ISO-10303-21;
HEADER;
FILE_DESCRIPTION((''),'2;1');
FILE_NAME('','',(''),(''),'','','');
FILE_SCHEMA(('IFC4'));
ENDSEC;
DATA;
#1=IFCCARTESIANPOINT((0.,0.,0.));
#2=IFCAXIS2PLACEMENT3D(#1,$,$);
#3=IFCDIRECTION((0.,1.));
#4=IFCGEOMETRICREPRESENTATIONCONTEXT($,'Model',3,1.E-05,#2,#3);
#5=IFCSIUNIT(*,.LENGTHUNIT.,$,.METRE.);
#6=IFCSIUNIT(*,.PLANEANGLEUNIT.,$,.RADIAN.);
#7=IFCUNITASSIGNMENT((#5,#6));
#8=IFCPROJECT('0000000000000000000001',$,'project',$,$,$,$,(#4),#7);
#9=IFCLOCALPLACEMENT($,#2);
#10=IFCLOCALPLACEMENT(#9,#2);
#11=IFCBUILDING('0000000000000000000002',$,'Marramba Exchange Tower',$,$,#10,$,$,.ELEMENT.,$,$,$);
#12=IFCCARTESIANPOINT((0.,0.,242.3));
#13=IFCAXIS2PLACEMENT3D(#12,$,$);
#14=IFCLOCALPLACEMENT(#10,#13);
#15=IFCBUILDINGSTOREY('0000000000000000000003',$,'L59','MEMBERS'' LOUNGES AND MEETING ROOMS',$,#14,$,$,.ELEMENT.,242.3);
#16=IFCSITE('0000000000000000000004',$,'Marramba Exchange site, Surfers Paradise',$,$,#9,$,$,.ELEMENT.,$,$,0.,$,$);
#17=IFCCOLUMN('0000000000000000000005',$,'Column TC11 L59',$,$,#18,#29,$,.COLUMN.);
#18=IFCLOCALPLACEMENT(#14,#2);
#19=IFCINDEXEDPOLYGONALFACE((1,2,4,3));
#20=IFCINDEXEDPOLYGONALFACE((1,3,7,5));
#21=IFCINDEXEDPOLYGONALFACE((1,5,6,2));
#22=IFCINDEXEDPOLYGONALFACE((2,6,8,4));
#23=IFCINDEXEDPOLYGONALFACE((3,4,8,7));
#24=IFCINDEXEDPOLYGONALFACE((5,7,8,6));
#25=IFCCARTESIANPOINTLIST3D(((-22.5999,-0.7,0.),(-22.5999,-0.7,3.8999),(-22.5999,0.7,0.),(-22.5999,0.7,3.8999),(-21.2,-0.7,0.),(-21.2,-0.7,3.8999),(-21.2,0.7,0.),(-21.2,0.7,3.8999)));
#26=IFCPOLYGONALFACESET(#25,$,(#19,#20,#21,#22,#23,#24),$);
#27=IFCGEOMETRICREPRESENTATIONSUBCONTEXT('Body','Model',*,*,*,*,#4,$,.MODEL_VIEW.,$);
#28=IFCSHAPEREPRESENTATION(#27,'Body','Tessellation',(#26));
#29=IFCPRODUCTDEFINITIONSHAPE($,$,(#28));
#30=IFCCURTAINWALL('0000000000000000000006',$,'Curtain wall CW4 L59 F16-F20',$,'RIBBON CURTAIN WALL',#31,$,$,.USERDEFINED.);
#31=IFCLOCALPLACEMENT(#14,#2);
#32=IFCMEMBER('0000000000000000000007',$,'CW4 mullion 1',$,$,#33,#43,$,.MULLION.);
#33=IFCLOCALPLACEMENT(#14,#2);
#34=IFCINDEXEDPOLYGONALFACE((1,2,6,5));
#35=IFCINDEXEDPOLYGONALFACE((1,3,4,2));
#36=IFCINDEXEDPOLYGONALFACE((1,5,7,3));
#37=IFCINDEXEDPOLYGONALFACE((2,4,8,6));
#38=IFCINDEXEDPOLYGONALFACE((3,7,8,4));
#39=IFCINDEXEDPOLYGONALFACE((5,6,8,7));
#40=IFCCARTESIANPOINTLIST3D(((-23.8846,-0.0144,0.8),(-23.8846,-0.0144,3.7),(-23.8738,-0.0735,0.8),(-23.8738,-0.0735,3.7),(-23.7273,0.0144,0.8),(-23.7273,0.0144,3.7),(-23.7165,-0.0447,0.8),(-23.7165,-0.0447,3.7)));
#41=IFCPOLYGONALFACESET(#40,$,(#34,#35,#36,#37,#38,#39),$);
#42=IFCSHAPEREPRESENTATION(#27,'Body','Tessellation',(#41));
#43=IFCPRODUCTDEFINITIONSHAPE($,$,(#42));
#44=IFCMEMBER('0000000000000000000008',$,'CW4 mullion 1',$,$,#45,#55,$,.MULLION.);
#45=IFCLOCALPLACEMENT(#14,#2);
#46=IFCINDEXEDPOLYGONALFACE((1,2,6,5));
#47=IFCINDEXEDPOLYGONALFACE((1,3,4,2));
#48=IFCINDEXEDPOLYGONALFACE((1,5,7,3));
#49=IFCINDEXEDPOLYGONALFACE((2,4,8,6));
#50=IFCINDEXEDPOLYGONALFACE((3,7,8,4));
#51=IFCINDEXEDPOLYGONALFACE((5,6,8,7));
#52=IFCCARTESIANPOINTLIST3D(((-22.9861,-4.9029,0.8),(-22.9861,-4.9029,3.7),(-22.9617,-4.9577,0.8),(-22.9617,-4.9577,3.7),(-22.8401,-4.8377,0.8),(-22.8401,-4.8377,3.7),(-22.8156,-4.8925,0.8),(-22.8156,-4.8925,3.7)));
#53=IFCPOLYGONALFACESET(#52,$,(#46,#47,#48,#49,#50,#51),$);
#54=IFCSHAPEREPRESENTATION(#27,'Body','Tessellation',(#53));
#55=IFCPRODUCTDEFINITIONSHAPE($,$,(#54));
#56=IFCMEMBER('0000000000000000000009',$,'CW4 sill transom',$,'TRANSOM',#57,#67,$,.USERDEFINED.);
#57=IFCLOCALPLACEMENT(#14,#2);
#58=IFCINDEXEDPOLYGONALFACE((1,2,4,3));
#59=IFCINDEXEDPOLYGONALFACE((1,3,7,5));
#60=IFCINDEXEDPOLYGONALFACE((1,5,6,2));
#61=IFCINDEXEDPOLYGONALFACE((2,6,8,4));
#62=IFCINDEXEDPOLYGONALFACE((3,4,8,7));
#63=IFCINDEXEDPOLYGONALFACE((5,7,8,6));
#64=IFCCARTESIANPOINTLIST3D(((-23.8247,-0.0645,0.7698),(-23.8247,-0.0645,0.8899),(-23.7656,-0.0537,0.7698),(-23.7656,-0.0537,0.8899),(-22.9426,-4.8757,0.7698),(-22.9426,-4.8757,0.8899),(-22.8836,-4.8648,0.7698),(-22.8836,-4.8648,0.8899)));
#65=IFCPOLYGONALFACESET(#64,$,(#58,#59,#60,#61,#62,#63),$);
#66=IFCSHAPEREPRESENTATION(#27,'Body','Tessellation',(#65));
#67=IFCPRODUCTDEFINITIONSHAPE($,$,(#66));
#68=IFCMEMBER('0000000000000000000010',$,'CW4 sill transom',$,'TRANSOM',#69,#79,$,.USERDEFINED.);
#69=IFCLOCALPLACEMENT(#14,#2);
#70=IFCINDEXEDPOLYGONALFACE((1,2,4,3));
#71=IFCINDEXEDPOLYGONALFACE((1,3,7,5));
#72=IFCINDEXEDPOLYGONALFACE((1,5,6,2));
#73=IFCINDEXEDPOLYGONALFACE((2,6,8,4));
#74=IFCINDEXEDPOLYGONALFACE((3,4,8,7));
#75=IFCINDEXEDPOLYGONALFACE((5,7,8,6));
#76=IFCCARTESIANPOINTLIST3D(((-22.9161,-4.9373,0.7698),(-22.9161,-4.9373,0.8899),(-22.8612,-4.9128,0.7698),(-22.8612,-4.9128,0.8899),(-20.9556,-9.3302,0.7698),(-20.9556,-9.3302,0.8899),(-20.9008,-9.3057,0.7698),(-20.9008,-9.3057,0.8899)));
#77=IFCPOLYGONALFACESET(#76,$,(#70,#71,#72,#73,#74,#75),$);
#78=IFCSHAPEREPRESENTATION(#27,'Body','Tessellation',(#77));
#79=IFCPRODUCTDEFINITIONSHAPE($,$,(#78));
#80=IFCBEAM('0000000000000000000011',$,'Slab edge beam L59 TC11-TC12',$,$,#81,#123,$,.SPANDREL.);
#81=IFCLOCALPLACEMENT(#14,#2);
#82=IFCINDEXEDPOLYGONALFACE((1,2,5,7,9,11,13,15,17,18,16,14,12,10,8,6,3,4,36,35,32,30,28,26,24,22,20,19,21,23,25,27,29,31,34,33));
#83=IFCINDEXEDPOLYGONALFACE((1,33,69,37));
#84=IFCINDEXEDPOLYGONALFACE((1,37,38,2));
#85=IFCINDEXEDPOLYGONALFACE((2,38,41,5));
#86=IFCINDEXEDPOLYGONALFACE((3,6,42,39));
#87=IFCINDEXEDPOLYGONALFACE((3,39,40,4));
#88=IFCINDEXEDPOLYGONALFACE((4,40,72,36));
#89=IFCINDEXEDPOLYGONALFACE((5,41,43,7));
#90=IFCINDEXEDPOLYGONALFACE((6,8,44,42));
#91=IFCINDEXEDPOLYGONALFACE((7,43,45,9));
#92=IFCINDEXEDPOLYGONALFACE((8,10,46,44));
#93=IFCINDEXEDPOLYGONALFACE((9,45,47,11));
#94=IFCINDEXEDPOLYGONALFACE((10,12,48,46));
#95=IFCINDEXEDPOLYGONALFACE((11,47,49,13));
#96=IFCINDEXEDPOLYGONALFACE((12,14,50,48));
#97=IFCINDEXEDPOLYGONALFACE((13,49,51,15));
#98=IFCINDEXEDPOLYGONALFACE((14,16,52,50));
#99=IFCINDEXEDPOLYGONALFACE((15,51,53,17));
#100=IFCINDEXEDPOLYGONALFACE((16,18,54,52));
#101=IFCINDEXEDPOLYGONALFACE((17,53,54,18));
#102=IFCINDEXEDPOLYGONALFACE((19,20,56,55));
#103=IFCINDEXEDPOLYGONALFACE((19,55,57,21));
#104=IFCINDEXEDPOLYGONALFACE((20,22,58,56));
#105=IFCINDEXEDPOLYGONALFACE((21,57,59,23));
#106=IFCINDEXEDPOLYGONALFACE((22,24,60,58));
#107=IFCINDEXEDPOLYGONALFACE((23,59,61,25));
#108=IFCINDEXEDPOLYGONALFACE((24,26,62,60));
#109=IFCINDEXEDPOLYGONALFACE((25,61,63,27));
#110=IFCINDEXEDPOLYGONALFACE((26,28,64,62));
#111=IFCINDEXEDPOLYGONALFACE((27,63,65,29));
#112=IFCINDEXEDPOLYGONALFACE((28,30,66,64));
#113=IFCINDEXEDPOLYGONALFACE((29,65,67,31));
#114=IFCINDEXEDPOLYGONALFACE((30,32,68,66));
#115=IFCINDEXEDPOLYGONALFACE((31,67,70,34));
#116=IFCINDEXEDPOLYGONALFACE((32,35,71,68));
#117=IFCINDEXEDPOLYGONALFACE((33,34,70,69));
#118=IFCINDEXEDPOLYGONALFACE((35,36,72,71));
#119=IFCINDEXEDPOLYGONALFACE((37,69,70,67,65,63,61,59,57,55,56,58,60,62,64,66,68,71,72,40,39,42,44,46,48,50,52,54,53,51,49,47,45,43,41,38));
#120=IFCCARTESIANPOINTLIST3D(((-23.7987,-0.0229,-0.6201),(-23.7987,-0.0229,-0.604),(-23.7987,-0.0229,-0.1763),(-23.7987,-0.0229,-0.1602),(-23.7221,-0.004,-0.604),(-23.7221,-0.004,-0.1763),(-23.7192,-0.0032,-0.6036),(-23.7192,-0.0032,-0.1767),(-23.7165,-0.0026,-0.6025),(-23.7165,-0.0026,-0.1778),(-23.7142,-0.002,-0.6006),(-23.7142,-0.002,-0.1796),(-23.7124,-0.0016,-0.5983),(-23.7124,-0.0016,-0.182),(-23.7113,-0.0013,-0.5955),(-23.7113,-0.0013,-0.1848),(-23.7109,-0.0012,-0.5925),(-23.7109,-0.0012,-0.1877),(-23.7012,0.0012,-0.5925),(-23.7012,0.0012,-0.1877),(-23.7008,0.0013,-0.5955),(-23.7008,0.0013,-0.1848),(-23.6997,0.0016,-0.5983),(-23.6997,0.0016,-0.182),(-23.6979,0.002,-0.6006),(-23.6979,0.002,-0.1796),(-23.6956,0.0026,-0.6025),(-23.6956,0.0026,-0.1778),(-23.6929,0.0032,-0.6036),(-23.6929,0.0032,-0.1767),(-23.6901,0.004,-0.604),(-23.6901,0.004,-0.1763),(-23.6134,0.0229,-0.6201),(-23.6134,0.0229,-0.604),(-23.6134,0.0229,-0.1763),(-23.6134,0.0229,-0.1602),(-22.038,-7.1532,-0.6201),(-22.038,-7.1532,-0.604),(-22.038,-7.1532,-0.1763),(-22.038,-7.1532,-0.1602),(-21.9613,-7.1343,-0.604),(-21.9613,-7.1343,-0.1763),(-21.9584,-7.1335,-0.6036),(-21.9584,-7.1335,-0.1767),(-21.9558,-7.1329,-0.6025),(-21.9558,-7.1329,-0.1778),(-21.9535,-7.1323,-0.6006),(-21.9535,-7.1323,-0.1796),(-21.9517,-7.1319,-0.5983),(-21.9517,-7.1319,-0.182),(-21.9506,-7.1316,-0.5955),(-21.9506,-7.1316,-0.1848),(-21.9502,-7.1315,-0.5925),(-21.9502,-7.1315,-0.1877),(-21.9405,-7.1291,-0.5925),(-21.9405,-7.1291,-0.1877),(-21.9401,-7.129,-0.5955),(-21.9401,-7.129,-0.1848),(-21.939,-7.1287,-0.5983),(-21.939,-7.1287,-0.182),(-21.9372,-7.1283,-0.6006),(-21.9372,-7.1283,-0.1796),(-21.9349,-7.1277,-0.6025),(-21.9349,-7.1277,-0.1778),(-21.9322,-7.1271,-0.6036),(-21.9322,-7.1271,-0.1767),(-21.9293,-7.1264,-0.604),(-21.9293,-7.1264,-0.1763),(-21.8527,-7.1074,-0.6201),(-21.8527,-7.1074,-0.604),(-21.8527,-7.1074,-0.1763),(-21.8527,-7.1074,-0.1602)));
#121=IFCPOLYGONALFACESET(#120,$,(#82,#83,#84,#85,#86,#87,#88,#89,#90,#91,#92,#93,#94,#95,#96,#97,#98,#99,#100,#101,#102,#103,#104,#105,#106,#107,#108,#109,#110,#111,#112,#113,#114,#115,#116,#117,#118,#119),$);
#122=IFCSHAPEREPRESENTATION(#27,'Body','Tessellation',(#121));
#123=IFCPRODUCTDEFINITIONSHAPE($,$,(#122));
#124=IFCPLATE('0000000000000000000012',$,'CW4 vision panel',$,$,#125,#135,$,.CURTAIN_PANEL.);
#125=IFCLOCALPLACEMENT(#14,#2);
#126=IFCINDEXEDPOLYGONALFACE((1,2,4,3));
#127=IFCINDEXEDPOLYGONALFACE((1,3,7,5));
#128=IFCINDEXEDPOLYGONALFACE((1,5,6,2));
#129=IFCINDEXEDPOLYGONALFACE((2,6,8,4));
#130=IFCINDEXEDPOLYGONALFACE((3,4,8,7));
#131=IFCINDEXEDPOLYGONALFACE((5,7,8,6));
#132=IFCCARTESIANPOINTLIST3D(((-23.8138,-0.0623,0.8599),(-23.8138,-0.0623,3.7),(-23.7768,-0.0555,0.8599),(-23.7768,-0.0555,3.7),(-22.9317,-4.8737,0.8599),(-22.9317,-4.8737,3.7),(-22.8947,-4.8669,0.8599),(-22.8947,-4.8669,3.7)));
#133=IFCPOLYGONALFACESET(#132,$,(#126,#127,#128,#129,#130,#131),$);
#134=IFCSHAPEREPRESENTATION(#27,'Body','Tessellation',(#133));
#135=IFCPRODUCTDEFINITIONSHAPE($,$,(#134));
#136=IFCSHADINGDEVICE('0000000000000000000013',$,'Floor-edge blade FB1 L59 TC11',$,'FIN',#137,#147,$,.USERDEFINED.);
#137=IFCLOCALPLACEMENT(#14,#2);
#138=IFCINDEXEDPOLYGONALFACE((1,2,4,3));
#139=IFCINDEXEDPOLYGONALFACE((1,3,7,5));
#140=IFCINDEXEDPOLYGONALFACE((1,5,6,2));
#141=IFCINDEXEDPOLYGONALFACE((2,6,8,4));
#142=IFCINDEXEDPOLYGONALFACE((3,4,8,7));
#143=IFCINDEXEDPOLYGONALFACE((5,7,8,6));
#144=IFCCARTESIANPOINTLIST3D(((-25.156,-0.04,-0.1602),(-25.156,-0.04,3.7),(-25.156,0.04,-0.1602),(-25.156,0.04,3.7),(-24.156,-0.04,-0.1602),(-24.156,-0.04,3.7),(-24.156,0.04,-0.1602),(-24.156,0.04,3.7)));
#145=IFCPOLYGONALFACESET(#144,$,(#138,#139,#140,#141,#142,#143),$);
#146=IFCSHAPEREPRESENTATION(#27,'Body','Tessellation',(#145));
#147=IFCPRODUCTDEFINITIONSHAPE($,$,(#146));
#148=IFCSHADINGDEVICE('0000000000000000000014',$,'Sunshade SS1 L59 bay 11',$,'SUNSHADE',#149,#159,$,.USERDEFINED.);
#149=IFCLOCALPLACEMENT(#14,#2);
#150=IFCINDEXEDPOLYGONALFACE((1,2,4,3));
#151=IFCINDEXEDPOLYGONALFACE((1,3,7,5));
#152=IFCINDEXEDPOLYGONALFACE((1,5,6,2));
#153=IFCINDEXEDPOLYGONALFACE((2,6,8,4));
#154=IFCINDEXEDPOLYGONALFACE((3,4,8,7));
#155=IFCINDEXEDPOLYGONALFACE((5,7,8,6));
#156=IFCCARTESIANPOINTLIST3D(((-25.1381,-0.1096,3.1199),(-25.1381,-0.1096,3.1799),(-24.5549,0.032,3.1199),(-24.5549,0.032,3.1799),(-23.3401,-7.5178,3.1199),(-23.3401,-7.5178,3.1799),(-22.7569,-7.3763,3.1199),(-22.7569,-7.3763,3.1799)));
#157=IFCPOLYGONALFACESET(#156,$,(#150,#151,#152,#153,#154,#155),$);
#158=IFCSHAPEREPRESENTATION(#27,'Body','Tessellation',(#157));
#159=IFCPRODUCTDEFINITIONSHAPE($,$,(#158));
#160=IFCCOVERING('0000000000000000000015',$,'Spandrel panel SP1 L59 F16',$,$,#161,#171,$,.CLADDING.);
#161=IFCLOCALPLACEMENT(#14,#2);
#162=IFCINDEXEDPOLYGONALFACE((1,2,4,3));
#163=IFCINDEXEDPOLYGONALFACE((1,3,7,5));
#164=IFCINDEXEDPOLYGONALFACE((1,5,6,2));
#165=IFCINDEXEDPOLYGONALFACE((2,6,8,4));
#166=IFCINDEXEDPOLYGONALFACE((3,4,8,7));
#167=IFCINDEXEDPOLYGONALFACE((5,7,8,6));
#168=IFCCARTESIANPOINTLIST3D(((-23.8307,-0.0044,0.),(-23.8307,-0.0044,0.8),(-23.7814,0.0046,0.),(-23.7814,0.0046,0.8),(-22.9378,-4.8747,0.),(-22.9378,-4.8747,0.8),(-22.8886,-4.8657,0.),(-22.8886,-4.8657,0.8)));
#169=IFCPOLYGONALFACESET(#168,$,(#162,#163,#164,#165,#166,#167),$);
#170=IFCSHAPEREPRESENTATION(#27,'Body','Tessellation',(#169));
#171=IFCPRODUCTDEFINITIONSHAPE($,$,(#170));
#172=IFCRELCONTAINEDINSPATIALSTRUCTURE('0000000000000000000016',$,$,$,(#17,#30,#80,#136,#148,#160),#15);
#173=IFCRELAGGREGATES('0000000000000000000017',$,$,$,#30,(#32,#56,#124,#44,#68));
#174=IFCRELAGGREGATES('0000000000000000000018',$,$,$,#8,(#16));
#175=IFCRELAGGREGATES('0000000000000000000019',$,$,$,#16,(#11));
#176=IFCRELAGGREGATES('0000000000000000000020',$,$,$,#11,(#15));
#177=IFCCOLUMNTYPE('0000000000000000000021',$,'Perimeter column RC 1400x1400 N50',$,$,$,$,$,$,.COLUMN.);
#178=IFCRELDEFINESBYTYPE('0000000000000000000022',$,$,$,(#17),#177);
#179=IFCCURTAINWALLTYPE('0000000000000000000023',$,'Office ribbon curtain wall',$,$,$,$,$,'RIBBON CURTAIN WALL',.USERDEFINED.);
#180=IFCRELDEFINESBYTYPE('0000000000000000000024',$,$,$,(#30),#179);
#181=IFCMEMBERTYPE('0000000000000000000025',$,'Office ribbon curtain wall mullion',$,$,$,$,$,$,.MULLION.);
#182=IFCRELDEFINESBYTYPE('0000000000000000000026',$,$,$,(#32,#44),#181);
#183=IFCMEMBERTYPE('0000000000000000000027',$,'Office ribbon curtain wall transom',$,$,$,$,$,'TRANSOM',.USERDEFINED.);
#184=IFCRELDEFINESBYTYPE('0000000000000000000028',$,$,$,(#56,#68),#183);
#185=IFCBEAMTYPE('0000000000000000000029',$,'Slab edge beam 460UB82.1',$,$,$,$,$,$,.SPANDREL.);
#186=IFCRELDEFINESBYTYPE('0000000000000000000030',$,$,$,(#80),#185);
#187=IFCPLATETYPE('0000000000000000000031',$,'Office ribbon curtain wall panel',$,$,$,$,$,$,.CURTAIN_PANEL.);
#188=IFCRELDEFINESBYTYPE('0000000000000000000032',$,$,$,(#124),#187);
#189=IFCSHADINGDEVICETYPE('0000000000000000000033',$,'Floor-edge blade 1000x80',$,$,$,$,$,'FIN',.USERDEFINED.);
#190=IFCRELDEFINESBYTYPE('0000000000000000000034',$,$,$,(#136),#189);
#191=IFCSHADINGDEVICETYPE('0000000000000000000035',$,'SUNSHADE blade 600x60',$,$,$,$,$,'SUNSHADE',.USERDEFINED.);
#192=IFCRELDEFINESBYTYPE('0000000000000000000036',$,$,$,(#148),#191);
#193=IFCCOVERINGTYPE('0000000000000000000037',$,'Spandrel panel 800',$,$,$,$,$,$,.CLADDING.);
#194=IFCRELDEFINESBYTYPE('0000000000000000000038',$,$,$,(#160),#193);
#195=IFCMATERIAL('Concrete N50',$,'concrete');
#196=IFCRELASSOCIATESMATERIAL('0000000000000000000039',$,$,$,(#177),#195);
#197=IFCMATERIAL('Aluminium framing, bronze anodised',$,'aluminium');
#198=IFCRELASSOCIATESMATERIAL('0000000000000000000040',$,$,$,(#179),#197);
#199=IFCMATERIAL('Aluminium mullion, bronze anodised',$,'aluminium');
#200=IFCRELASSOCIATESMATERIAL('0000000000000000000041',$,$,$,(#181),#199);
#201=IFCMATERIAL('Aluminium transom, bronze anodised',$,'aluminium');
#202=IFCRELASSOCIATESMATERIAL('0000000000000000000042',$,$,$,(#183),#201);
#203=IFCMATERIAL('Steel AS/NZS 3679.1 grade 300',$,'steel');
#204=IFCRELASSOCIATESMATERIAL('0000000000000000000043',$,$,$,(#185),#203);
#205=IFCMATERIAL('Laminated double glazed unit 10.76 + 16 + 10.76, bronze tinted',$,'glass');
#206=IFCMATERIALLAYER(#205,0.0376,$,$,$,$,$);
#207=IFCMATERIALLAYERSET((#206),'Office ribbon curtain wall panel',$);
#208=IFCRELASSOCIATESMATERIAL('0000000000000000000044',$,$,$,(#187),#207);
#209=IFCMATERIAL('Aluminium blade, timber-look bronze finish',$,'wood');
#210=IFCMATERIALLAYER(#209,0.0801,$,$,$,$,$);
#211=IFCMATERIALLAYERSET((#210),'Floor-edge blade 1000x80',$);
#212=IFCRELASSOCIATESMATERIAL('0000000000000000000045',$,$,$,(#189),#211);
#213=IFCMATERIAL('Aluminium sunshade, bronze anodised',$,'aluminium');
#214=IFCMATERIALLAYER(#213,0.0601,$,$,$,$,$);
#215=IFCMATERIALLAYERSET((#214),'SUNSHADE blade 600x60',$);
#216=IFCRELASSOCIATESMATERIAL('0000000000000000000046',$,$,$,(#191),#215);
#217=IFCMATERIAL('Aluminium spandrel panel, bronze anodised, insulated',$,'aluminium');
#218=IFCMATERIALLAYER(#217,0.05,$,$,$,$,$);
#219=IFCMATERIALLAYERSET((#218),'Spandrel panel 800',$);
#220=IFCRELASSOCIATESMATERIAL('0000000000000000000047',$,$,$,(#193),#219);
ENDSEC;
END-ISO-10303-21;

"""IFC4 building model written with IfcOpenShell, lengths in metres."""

from ifc_helpers import new_model, si_unit, direction, frame, origin, origin_2d, place, context, subcontext, project, spatial, rectangle, i_section, extrude, material, layer, layer_set, material_profile, profile_set, type_object, element, aggregate, save


model = new_model("IFC4")

# Units and contexts
model_context = context("Model", 3, precision=1e-05, world=origin(), true_north=direction((0.0, 1.0)))
body_context = subcontext(model_context, "Body", "Model", "MODEL_VIEW")
ifc_project = project(units=[si_unit("LENGTHUNIT", "METRE"), si_unit("PLANEANGLEUNIT", "RADIAN")], contexts=[model_context])

# Site, building, storey
site_placement = place(None, origin())
site = spatial("IfcSite", under=ifc_project, at=site_placement, Name="Marramba Exchange site, Surfers Paradise", CompositionType="ELEMENT", RefElevation=0.0)
building_placement = place(site_placement, origin())
building = spatial("IfcBuilding", under=site, at=building_placement, Name="Marramba Exchange Tower", CompositionType="ELEMENT")
storey_placement = place(building_placement, frame((0.0, 0.0, 242.3)))
storey = spatial("IfcBuildingStorey", under=building, at=storey_placement, Name="L59", Description="MEMBERS' LOUNGES AND MEETING ROOMS", CompositionType="ELEMENT", Elevation=242.3)

# Column
ifc_material_1 = material(Name="Concrete N50", Category="concrete")
ifc_material_profile_1 = material_profile(ifc_material_1, rectangle(XDim=1.3999, YDim=1.3999, at=origin_2d()), Name="RC 1400x1400")
ifc_profile_set_1 = profile_set([ifc_material_profile_1], Name="Concrete N50")
column_type = type_object("IfcColumnType", Name="Perimeter column RC 1400x1400 N50", PredefinedType="COLUMN", material=ifc_profile_set_1)
column_placement = place(storey_placement, frame((-21.8999, 0.0, 0.0), z_axis=(0.0, 0.0, 1.0), x_axis=(-1.0, 0.0, 0.0)))
element("IfcColumn", 1, at=column_placement, inside=storey, type_object=column_type, Name="Column TC11 L59", PredefinedType="COLUMN", context=body_context, shape_type="SweptSolid", body=[
    extrude(rectangle(XDim=1.3999, YDim=1.3999, at=origin_2d()), origin(), (0.0, 0.0, 1.0), 3.8999),
])

# Curtain wall, members
ifc_material_2 = material(Name="Aluminium framing, bronze anodised", Category="aluminium")
curtain_wall_type = type_object("IfcCurtainWallType", Name="Office ribbon curtain wall", ElementType="RIBBON CURTAIN WALL", PredefinedType="USERDEFINED", material=ifc_material_2)
curtain_wall_placement = place(storey_placement, origin())
curtain_wall = element("IfcCurtainWall", 2, at=curtain_wall_placement, inside=storey, type_object=curtain_wall_type, Name="Curtain wall CW4 L59 F16-F20", ObjectType="RIBBON CURTAIN WALL", PredefinedType="USERDEFINED")
ifc_material_3 = material(Name="Aluminium mullion, bronze anodised", Category="aluminium")
ifc_material_profile_2 = material_profile(ifc_material_3, rectangle(XDim=0.1599, YDim=0.0601, at=origin_2d()), Name="CW4 mullion 60x160")
ifc_profile_set_2 = profile_set([ifc_material_profile_2], Name="Aluminium mullion, bronze anodised")
member_type_1 = type_object("IfcMemberType", Name="Office ribbon curtain wall mullion", PredefinedType="MULLION", material=ifc_profile_set_2)
member_1_placement = place(storey_placement, frame((-23.8005, -0.0295, 0.8), z_axis=(0.0, 0.0, 1.0), x_axis=(0.983607, 0.180327, 0.0)))
member_1 = element("IfcMember", 3, at=member_1_placement, type_object=member_type_1, Name="CW4 mullion 1", PredefinedType="MULLION", context=body_context, shape_type="SweptSolid", body=[
    extrude(rectangle(XDim=0.1599, YDim=0.0601, at=origin_2d()), origin(), (0.0, 0.0, 1.0), 2.8999),
])
member_2_placement = place(storey_placement, frame((-22.9009, -4.8977, 0.8), z_axis=(0.0, 0.0, 1.0), x_axis=(0.91318, 0.407558, 0.0)))
member_2 = element("IfcMember", 4, at=member_2_placement, type_object=member_type_1, Name="CW4 mullion 1", PredefinedType="MULLION", context=body_context, shape_type="SweptSolid", body=[
    extrude(rectangle(XDim=0.1599, YDim=0.0601, at=origin_2d()), origin(), (0.0, 0.0, 1.0), 2.8999),
])
ifc_material_4 = material(Name="Aluminium transom, bronze anodised", Category="aluminium")
ifc_material_profile_3 = material_profile(ifc_material_4, rectangle(XDim=0.0601, YDim=0.1201, at=origin_2d()), Name="CW4 transom 60x120")
ifc_profile_set_3 = profile_set([ifc_material_profile_3], Name="Aluminium transom, bronze anodised")
member_type_2 = type_object("IfcMemberType", Name="Office ribbon curtain wall transom", ElementType="TRANSOM", PredefinedType="USERDEFINED", material=ifc_profile_set_3)
member_3_placement = place(storey_placement, frame((-23.7952, -0.0591, 0.8298), z_axis=(0.18033, -0.983606, 0.0), x_axis=(0.983606, 0.18033, 0.0)))
member_3 = element("IfcMember", 5, at=member_3_placement, type_object=member_type_2, Name="CW4 sill transom", ObjectType="TRANSOM", PredefinedType="USERDEFINED", context=body_context, shape_type="SweptSolid", body=[
    extrude(rectangle(XDim=0.0601, YDim=0.1201, at=origin_2d()), origin(), (0.0, 0.0, 1.0), 4.8914),
])
member_4_placement = place(storey_placement, frame((-22.8887, -4.925, 0.8298), z_axis=(0.407541, -0.913187, 0.0), x_axis=(0.913187, 0.407541, 0.0)))
member_4 = element("IfcMember", 6, at=member_4_placement, type_object=member_type_2, Name="CW4 sill transom", ObjectType="TRANSOM", PredefinedType="USERDEFINED", context=body_context, shape_type="SweptSolid", body=[
    extrude(rectangle(XDim=0.0601, YDim=0.1201, at=origin_2d()), origin(), (0.0, 0.0, 1.0), 4.8105),
])

# Beam
ifc_material_5 = material(Name="Steel AS/NZS 3679.1 grade 300", Category="steel")
ifc_material_profile_4 = material_profile(ifc_material_5, i_section(OverallWidth=0.1909, OverallDepth=0.46, WebThickness=0.01, FlangeThickness=0.0161, FilletRadius=0.0115, at=origin_2d()), Name="460UB82.1")
ifc_profile_set_4 = profile_set([ifc_material_profile_4], Name="Steel AS/NZS 3679.1 grade 300")
beam_type = type_object("IfcBeamType", Name="Slab edge beam 460UB82.1", PredefinedType="SPANDREL", material=ifc_profile_set_4)
beam_placement = place(storey_placement, frame((-23.7061, 0.0, -0.3901), z_axis=(0.239735, -0.970838, 0.0), x_axis=(0.970838, 0.239735, 0.0)))
element("IfcBeam", 7, at=beam_placement, inside=storey, type_object=beam_type, Name="Slab edge beam L59 TC11-TC12", PredefinedType="SPANDREL", context=body_context, shape_type="SweptSolid", body=[
    extrude(i_section(OverallWidth=0.1909, OverallDepth=0.46, WebThickness=0.01, FlangeThickness=0.0161, FilletRadius=0.0115, at=origin_2d()), origin(), (0.0, 0.0, 1.0), 7.3445),
])

# Plate
ifc_material_6 = material(Name="Laminated double glazed unit 10.76 + 16 + 10.76, bronze tinted", Category="glass")
ifc_layer_1 = layer(ifc_material_6, 0.0376)
ifc_layer_set_1 = layer_set([ifc_layer_1], Name="Office ribbon curtain wall panel")
plate_type = type_object("IfcPlateType", Name="Office ribbon curtain wall panel", PredefinedType="CURTAIN_PANEL", material=ifc_layer_set_1)
plate_placement = place(storey_placement, frame((-23.3542, -2.4646, 0.8599), z_axis=(0.0, 0.0, 1.0), x_axis=(0.180327, -0.983607, 0.0)))
plate = element("IfcPlate", 8, at=plate_placement, type_object=plate_type, Name="CW4 vision panel", PredefinedType="CURTAIN_PANEL", context=body_context, shape_type="SweptSolid", body=[
    extrude(rectangle(XDim=4.8916, YDim=0.0376, at=origin_2d()), origin(), (0.0, 0.0, 1.0), 2.8401),
])
aggregate(curtain_wall, [member_1, member_3, plate, member_2, member_4])

# Shading devices
ifc_material_7 = material(Name="Aluminium blade, timber-look bronze finish", Category="wood")
ifc_layer_2 = layer(ifc_material_7, 0.0801)
ifc_layer_set_2 = layer_set([ifc_layer_2], Name="Floor-edge blade 1000x80")
shading_device_type_1 = type_object("IfcShadingDeviceType", Name="Floor-edge blade 1000x80", ElementType="FIN", PredefinedType="USERDEFINED", material=ifc_layer_set_2)
shading_device_1_placement = place(storey_placement, frame((-24.656, 0.0, -0.1602), z_axis=(0.0, 0.0, 1.0), x_axis=(-1.0, 0.0, 0.0)))
element("IfcShadingDevice", 9, at=shading_device_1_placement, inside=storey, type_object=shading_device_type_1, Name="Floor-edge blade FB1 L59 TC11", ObjectType="FIN", PredefinedType="USERDEFINED", context=body_context, shape_type="SweptSolid", body=[
    extrude(rectangle(XDim=1.0, YDim=0.0801, at=origin_2d()), origin(), (0.0, 0.0, 1.0), 3.8601),
])
ifc_material_8 = material(Name="Aluminium sunshade, bronze anodised", Category="aluminium")
ifc_layer_3 = layer(ifc_material_8, 0.0601)
ifc_layer_set_3 = layer_set([ifc_layer_3], Name="SUNSHADE blade 600x60")
shading_device_type_2 = type_object("IfcShadingDeviceType", Name="SUNSHADE blade 600x60", ElementType="SUNSHADE", PredefinedType="USERDEFINED", material=ifc_layer_set_3)
shading_device_2_placement = place(storey_placement, frame((-23.9475, -3.7429, 3.1199), z_axis=(0.0, 0.0, 1.0), x_axis=(0.235861, -0.971787, 0.0)))
element("IfcShadingDevice", 10, at=shading_device_2_placement, inside=storey, type_object=shading_device_type_2, Name="Sunshade SS1 L59 bay 11", ObjectType="SUNSHADE", PredefinedType="USERDEFINED", context=body_context, shape_type="SweptSolid", body=[
    extrude(rectangle(XDim=7.6233, YDim=0.6001, at=origin_2d()), origin(), (0.0, 0.0, 1.0), 0.0601),
])

# Covering
ifc_material_9 = material(Name="Aluminium spandrel panel, bronze anodised, insulated", Category="aluminium")
ifc_layer_4 = layer(ifc_material_9, 0.05)
ifc_layer_set_4 = layer_set([ifc_layer_4], Name="Spandrel panel 800")
covering_type = type_object("IfcCoveringType", Name="Spandrel panel 800", PredefinedType="CLADDING", material=ifc_layer_set_4)
covering_1_placement = place(storey_placement, frame((-23.3596, -2.4351, 0.0), z_axis=(0.0, 0.0, 1.0), x_axis=(0.180327, -0.983607, 0.0)))
element("IfcCovering", 11, at=covering_1_placement, inside=storey, type_object=covering_type, Name="Spandrel panel SP1 L59 F16", PredefinedType="CLADDING", context=body_context, shape_type="SweptSolid", body=[
    extrude(rectangle(XDim=4.9514, YDim=0.05, at=origin_2d()), origin(), (0.0, 0.0, 1.0), 0.8),
])

save(model, "model.ifc")
